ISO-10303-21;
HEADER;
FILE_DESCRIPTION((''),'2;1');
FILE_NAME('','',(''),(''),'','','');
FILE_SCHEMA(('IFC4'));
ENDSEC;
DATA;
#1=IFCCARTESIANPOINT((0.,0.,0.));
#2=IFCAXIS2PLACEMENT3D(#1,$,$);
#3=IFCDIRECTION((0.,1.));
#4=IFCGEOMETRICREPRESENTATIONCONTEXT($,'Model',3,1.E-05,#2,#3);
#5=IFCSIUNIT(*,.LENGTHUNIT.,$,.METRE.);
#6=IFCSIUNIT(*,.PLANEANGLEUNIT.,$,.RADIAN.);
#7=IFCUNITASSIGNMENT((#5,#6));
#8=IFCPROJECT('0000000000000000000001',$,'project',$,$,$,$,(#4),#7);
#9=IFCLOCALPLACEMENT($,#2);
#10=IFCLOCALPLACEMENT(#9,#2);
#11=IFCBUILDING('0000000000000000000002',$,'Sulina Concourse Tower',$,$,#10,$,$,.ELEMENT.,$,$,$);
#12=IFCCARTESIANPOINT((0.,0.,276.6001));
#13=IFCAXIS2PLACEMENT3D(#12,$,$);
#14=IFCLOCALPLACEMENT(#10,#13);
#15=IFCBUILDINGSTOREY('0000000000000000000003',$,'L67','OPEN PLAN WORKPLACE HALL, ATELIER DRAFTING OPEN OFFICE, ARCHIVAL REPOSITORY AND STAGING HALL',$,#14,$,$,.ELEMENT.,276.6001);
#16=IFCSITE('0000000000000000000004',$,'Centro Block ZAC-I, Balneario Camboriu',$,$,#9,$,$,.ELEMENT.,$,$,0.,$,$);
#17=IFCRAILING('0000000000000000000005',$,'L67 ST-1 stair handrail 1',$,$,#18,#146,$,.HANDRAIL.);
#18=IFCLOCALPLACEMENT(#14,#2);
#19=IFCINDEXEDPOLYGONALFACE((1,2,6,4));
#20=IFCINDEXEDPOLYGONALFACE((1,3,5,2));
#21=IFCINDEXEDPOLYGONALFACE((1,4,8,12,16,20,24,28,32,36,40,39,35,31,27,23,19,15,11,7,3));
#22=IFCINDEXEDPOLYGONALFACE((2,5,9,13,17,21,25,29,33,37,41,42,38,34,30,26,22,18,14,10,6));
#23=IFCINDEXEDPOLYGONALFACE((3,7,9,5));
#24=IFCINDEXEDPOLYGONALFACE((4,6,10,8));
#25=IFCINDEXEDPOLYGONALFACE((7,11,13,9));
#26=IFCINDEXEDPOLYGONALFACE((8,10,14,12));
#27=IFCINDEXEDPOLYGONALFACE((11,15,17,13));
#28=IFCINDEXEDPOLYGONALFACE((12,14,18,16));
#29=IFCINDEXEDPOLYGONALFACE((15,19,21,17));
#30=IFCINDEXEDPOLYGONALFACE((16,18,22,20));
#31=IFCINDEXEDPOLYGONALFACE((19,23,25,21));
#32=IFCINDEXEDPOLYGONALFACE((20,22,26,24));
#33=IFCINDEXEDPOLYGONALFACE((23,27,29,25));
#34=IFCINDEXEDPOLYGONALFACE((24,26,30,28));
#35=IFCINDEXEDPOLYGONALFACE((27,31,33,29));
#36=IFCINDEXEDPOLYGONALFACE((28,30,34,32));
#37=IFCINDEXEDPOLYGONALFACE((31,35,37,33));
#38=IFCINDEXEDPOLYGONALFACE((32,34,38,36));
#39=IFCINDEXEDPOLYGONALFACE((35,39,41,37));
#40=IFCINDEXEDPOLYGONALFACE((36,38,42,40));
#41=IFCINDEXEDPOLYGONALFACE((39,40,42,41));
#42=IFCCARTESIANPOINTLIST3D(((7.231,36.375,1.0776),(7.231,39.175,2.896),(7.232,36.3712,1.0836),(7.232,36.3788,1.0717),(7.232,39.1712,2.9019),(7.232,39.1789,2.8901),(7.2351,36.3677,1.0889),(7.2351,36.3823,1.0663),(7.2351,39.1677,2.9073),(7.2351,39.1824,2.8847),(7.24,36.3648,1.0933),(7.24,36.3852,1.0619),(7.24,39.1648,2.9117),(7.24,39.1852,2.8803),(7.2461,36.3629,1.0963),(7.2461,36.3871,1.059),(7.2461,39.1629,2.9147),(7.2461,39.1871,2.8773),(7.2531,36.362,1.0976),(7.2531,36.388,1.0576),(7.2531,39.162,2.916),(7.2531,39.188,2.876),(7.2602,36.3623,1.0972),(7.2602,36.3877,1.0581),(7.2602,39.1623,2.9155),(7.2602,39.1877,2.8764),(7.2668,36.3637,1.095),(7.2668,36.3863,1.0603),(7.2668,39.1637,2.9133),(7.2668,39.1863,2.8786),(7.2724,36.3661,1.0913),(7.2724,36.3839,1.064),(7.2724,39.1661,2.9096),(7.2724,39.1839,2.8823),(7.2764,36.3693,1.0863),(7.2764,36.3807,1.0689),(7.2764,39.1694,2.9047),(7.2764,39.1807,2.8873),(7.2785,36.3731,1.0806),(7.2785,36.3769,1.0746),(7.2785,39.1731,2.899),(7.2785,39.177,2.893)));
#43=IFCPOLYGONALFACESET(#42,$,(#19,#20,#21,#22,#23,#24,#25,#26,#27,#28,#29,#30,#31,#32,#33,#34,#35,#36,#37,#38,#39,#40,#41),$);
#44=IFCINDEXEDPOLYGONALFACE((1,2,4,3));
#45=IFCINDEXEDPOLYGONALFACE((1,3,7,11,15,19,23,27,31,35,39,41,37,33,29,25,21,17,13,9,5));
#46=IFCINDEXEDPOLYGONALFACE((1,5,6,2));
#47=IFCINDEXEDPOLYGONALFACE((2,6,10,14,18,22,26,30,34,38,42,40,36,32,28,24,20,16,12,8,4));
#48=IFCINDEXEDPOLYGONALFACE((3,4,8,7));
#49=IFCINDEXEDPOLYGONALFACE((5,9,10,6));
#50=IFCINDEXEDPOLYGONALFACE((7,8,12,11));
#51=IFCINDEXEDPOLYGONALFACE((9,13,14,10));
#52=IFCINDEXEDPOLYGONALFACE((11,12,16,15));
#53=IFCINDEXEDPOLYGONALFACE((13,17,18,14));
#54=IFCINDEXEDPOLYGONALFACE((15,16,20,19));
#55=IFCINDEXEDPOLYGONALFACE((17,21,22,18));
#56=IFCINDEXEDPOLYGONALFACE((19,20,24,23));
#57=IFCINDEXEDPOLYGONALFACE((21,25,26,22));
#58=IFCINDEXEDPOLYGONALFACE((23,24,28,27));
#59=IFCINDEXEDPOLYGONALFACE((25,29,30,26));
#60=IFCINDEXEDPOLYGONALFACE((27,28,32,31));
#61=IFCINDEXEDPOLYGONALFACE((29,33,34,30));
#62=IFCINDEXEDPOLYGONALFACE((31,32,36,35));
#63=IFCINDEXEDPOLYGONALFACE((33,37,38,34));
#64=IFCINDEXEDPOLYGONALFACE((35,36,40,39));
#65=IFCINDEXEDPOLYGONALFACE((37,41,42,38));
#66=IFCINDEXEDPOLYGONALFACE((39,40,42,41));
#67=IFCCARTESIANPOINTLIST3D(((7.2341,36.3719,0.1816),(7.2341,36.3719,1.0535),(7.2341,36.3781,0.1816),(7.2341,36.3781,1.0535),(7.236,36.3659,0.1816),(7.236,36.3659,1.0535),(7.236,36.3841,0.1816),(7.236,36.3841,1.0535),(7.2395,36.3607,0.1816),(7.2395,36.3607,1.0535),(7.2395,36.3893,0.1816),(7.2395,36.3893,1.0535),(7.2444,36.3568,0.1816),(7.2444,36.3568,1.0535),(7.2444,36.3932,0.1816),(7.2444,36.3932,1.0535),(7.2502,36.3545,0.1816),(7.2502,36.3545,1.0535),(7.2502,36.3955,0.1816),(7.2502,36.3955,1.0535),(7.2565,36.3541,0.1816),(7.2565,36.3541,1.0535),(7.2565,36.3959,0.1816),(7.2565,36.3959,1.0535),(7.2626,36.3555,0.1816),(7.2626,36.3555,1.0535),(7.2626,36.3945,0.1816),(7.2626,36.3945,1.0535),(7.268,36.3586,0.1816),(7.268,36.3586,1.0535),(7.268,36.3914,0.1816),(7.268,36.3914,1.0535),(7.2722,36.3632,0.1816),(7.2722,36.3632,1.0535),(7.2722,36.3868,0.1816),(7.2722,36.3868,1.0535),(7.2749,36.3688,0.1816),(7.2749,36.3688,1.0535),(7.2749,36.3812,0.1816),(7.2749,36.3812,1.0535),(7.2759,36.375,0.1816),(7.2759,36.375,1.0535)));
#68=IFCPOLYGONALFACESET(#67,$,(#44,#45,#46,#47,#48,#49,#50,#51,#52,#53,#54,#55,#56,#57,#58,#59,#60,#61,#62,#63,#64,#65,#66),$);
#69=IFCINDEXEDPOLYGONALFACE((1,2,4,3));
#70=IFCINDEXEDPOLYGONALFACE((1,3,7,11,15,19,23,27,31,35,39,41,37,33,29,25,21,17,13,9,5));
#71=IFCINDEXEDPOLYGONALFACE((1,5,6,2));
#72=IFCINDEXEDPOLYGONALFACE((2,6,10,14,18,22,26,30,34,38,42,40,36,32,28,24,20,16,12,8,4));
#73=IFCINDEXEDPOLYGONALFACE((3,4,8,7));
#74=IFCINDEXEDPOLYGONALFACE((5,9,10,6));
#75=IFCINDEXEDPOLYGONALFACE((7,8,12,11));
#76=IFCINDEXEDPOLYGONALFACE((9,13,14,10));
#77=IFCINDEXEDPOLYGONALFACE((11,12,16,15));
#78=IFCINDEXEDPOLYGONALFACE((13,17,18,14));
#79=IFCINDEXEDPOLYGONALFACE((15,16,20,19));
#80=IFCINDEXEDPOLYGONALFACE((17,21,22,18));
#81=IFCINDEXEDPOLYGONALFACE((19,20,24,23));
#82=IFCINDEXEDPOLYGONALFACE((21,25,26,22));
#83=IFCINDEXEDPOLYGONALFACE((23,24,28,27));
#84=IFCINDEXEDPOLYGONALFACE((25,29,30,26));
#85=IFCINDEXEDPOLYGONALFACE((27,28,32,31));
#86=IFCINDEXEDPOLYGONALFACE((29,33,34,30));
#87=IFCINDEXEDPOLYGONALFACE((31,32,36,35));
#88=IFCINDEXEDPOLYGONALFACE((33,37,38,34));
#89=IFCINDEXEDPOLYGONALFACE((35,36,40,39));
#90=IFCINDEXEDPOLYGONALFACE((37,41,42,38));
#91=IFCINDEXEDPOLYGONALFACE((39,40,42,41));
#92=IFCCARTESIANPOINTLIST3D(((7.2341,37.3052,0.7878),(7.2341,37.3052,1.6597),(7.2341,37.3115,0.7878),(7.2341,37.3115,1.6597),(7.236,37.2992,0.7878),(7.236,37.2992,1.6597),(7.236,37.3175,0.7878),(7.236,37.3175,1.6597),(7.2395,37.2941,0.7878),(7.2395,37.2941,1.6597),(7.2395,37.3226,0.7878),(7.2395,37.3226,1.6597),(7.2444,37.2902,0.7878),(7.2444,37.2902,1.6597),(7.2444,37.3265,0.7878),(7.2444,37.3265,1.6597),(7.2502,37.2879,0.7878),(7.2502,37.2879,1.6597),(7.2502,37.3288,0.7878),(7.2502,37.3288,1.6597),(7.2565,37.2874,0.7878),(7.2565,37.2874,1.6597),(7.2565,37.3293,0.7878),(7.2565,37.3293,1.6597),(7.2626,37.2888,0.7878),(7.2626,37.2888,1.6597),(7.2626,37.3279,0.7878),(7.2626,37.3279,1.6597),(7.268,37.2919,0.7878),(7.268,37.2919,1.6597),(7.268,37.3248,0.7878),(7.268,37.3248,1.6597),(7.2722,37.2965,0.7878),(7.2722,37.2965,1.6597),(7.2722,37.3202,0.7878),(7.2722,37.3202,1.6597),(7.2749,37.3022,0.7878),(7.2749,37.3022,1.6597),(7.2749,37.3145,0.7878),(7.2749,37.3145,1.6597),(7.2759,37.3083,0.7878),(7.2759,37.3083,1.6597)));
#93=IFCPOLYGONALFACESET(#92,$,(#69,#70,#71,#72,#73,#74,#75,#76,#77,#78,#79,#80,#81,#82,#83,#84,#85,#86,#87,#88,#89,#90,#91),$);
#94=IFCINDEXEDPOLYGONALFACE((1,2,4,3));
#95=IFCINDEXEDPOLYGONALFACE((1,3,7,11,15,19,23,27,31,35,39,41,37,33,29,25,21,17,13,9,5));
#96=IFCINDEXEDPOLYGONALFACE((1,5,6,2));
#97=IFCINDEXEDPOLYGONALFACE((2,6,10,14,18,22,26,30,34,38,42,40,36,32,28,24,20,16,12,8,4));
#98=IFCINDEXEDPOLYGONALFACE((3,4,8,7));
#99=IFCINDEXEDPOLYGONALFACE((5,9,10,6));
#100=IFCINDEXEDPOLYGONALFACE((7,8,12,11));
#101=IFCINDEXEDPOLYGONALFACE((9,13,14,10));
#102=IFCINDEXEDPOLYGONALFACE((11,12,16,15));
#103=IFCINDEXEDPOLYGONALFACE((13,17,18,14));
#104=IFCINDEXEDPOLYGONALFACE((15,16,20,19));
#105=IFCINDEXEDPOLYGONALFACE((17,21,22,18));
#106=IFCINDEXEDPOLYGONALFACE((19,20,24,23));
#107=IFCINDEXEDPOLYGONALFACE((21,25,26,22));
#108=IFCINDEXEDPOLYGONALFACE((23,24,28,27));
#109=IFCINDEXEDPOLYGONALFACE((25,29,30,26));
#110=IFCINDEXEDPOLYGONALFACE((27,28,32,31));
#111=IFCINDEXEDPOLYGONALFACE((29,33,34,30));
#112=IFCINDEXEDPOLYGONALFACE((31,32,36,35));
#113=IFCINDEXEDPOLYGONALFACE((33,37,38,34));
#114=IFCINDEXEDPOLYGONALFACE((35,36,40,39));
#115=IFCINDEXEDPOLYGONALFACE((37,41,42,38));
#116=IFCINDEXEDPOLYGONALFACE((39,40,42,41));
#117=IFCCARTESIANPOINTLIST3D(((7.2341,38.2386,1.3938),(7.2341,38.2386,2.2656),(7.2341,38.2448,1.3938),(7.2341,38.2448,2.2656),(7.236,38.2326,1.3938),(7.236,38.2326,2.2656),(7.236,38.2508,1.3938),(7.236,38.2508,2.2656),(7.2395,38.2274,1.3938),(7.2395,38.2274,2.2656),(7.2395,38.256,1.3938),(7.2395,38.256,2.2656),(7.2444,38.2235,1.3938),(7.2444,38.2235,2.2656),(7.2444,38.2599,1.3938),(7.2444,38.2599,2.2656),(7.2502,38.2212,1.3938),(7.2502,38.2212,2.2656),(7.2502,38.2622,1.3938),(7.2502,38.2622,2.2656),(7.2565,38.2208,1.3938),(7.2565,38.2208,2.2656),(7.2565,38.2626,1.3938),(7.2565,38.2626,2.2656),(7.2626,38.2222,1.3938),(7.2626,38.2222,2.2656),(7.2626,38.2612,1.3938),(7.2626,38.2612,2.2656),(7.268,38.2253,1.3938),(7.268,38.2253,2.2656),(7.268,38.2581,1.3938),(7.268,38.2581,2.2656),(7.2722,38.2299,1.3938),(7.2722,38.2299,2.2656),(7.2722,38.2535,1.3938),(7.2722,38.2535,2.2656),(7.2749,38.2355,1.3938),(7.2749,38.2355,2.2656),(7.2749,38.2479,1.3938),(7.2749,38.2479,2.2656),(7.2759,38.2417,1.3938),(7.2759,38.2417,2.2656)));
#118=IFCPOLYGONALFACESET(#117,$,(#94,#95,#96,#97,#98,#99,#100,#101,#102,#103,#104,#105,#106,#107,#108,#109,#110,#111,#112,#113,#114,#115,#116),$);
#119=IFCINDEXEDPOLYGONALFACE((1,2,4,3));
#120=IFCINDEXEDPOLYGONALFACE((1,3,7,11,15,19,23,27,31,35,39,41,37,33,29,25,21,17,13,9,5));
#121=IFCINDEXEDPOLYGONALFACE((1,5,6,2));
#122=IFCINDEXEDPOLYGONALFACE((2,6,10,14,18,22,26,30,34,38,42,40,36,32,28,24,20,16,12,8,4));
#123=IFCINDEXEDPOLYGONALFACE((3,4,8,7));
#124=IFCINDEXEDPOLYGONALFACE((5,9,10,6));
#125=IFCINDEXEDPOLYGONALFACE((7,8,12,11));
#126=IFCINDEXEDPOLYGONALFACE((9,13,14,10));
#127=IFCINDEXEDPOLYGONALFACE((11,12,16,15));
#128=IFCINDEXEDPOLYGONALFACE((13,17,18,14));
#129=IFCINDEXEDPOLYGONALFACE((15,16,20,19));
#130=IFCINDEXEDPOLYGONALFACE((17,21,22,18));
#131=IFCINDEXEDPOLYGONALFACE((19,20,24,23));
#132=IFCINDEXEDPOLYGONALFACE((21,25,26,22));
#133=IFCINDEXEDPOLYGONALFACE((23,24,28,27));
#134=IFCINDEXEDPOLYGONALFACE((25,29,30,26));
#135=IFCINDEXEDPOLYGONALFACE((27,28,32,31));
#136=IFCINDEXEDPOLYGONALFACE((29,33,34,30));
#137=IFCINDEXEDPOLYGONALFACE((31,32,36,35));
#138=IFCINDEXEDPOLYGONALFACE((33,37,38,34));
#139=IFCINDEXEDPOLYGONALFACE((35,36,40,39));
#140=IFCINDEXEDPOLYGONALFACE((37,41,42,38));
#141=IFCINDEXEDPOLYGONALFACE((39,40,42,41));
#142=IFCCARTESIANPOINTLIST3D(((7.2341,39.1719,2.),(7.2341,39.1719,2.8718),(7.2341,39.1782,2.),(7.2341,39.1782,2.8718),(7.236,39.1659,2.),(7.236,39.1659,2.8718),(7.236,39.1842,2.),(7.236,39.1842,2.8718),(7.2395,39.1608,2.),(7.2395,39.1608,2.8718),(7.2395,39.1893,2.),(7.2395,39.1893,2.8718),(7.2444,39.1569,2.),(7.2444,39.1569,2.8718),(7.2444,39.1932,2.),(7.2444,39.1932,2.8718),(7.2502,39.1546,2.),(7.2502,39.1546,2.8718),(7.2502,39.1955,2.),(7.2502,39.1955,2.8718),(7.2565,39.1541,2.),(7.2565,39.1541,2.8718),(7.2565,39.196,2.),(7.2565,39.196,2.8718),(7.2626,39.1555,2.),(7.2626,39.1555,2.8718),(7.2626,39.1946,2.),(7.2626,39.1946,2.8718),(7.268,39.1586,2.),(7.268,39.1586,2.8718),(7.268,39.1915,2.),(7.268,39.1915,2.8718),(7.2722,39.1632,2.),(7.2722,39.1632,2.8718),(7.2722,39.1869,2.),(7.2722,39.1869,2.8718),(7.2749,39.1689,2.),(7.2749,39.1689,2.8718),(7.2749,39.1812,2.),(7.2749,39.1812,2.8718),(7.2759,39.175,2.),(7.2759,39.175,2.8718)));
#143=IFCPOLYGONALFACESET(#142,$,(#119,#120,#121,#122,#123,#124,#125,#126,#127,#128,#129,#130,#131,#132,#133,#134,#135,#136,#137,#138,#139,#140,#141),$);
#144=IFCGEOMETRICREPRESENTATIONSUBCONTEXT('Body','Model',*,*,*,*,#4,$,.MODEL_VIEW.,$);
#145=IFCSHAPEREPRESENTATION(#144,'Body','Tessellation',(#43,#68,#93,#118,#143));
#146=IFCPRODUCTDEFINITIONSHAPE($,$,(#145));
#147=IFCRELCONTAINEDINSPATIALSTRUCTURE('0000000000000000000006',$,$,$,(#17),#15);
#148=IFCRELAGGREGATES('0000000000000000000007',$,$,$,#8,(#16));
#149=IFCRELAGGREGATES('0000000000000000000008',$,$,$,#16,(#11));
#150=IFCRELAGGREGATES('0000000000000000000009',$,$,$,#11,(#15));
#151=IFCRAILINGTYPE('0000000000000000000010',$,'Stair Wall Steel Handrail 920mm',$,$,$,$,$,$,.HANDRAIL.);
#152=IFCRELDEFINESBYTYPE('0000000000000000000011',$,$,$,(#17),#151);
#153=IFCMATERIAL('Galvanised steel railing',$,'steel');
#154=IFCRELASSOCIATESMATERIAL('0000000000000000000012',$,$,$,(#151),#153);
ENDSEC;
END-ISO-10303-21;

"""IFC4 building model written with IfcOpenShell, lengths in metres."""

from ifc_helpers import new_model, si_unit, direction, frame, origin, origin_2d, place, context, subcontext, project, spatial, circle, extrude, material, type_object, element, save


model = new_model("IFC4")

# Units and contexts
model_context = context("Model", 3, precision=1e-05, world=origin(), true_north=direction((0.0, 1.0)))
body_context = subcontext(model_context, "Body", "Model", "MODEL_VIEW")
ifc_project = project(units=[si_unit("LENGTHUNIT", "METRE"), si_unit("PLANEANGLEUNIT", "RADIAN")], contexts=[model_context])

# Site, building, storey
site_placement = place(None, origin())
site = spatial("IfcSite", under=ifc_project, at=site_placement, Name="Centro Block ZAC-I, Balneario Camboriu", CompositionType="ELEMENT", RefElevation=0.0)
building_placement = place(site_placement, origin())
building = spatial("IfcBuilding", under=site, at=building_placement, Name="Sulina Concourse Tower", CompositionType="ELEMENT")
storey_placement = place(building_placement, frame((0.0, 0.0, 276.6001)))
storey = spatial("IfcBuildingStorey", under=building, at=storey_placement, Name="L67", Description="OPEN PLAN WORKPLACE HALL, ATELIER DRAFTING OPEN OFFICE, ARCHIVAL REPOSITORY AND STAGING HALL", CompositionType="ELEMENT", Elevation=276.6001)

# Railing
ifc_material_1 = material(Name="Galvanised steel railing", Category="steel")
railing_type_1 = type_object("IfcRailingType", Name="Stair Wall Steel Handrail 920mm", PredefinedType="HANDRAIL", material=ifc_material_1)
railing_1_placement = place(storey_placement, frame((7.2549, 36.375, 0.1816)))
element("IfcRailing", 1, at=railing_1_placement, inside=storey, type_object=railing_type_1, Name="L67 ST-1 stair handrail 1", PredefinedType="HANDRAIL", context=body_context, shape_type="SweptSolid", body=[
    extrude(circle(Radius=0.0239, at=origin_2d()), frame((0.0, 0.0, 0.896), z_axis=(0.0, 0.838672, 0.544636), x_axis=(-1.0, 0.0, 0.0)), (0.0, 0.0, 1.0), 3.3386),
    extrude(circle(Radius=0.021, at=origin_2d()), origin(), (0.0, 0.0, 1.0), 0.8718),
    extrude(circle(Radius=0.021, at=origin_2d()), frame((0.0, 0.9333, 0.6062)), (0.0, 0.0, 1.0), 0.8718),
    extrude(circle(Radius=0.021, at=origin_2d()), frame((0.0, 1.8667, 1.2122)), (0.0, 0.0, 1.0), 0.8718),
    extrude(circle(Radius=0.021, at=origin_2d()), frame((0.0, 2.8, 1.8184)), (0.0, 0.0, 1.0), 0.8718),
])

save(model, "model.ifc")
